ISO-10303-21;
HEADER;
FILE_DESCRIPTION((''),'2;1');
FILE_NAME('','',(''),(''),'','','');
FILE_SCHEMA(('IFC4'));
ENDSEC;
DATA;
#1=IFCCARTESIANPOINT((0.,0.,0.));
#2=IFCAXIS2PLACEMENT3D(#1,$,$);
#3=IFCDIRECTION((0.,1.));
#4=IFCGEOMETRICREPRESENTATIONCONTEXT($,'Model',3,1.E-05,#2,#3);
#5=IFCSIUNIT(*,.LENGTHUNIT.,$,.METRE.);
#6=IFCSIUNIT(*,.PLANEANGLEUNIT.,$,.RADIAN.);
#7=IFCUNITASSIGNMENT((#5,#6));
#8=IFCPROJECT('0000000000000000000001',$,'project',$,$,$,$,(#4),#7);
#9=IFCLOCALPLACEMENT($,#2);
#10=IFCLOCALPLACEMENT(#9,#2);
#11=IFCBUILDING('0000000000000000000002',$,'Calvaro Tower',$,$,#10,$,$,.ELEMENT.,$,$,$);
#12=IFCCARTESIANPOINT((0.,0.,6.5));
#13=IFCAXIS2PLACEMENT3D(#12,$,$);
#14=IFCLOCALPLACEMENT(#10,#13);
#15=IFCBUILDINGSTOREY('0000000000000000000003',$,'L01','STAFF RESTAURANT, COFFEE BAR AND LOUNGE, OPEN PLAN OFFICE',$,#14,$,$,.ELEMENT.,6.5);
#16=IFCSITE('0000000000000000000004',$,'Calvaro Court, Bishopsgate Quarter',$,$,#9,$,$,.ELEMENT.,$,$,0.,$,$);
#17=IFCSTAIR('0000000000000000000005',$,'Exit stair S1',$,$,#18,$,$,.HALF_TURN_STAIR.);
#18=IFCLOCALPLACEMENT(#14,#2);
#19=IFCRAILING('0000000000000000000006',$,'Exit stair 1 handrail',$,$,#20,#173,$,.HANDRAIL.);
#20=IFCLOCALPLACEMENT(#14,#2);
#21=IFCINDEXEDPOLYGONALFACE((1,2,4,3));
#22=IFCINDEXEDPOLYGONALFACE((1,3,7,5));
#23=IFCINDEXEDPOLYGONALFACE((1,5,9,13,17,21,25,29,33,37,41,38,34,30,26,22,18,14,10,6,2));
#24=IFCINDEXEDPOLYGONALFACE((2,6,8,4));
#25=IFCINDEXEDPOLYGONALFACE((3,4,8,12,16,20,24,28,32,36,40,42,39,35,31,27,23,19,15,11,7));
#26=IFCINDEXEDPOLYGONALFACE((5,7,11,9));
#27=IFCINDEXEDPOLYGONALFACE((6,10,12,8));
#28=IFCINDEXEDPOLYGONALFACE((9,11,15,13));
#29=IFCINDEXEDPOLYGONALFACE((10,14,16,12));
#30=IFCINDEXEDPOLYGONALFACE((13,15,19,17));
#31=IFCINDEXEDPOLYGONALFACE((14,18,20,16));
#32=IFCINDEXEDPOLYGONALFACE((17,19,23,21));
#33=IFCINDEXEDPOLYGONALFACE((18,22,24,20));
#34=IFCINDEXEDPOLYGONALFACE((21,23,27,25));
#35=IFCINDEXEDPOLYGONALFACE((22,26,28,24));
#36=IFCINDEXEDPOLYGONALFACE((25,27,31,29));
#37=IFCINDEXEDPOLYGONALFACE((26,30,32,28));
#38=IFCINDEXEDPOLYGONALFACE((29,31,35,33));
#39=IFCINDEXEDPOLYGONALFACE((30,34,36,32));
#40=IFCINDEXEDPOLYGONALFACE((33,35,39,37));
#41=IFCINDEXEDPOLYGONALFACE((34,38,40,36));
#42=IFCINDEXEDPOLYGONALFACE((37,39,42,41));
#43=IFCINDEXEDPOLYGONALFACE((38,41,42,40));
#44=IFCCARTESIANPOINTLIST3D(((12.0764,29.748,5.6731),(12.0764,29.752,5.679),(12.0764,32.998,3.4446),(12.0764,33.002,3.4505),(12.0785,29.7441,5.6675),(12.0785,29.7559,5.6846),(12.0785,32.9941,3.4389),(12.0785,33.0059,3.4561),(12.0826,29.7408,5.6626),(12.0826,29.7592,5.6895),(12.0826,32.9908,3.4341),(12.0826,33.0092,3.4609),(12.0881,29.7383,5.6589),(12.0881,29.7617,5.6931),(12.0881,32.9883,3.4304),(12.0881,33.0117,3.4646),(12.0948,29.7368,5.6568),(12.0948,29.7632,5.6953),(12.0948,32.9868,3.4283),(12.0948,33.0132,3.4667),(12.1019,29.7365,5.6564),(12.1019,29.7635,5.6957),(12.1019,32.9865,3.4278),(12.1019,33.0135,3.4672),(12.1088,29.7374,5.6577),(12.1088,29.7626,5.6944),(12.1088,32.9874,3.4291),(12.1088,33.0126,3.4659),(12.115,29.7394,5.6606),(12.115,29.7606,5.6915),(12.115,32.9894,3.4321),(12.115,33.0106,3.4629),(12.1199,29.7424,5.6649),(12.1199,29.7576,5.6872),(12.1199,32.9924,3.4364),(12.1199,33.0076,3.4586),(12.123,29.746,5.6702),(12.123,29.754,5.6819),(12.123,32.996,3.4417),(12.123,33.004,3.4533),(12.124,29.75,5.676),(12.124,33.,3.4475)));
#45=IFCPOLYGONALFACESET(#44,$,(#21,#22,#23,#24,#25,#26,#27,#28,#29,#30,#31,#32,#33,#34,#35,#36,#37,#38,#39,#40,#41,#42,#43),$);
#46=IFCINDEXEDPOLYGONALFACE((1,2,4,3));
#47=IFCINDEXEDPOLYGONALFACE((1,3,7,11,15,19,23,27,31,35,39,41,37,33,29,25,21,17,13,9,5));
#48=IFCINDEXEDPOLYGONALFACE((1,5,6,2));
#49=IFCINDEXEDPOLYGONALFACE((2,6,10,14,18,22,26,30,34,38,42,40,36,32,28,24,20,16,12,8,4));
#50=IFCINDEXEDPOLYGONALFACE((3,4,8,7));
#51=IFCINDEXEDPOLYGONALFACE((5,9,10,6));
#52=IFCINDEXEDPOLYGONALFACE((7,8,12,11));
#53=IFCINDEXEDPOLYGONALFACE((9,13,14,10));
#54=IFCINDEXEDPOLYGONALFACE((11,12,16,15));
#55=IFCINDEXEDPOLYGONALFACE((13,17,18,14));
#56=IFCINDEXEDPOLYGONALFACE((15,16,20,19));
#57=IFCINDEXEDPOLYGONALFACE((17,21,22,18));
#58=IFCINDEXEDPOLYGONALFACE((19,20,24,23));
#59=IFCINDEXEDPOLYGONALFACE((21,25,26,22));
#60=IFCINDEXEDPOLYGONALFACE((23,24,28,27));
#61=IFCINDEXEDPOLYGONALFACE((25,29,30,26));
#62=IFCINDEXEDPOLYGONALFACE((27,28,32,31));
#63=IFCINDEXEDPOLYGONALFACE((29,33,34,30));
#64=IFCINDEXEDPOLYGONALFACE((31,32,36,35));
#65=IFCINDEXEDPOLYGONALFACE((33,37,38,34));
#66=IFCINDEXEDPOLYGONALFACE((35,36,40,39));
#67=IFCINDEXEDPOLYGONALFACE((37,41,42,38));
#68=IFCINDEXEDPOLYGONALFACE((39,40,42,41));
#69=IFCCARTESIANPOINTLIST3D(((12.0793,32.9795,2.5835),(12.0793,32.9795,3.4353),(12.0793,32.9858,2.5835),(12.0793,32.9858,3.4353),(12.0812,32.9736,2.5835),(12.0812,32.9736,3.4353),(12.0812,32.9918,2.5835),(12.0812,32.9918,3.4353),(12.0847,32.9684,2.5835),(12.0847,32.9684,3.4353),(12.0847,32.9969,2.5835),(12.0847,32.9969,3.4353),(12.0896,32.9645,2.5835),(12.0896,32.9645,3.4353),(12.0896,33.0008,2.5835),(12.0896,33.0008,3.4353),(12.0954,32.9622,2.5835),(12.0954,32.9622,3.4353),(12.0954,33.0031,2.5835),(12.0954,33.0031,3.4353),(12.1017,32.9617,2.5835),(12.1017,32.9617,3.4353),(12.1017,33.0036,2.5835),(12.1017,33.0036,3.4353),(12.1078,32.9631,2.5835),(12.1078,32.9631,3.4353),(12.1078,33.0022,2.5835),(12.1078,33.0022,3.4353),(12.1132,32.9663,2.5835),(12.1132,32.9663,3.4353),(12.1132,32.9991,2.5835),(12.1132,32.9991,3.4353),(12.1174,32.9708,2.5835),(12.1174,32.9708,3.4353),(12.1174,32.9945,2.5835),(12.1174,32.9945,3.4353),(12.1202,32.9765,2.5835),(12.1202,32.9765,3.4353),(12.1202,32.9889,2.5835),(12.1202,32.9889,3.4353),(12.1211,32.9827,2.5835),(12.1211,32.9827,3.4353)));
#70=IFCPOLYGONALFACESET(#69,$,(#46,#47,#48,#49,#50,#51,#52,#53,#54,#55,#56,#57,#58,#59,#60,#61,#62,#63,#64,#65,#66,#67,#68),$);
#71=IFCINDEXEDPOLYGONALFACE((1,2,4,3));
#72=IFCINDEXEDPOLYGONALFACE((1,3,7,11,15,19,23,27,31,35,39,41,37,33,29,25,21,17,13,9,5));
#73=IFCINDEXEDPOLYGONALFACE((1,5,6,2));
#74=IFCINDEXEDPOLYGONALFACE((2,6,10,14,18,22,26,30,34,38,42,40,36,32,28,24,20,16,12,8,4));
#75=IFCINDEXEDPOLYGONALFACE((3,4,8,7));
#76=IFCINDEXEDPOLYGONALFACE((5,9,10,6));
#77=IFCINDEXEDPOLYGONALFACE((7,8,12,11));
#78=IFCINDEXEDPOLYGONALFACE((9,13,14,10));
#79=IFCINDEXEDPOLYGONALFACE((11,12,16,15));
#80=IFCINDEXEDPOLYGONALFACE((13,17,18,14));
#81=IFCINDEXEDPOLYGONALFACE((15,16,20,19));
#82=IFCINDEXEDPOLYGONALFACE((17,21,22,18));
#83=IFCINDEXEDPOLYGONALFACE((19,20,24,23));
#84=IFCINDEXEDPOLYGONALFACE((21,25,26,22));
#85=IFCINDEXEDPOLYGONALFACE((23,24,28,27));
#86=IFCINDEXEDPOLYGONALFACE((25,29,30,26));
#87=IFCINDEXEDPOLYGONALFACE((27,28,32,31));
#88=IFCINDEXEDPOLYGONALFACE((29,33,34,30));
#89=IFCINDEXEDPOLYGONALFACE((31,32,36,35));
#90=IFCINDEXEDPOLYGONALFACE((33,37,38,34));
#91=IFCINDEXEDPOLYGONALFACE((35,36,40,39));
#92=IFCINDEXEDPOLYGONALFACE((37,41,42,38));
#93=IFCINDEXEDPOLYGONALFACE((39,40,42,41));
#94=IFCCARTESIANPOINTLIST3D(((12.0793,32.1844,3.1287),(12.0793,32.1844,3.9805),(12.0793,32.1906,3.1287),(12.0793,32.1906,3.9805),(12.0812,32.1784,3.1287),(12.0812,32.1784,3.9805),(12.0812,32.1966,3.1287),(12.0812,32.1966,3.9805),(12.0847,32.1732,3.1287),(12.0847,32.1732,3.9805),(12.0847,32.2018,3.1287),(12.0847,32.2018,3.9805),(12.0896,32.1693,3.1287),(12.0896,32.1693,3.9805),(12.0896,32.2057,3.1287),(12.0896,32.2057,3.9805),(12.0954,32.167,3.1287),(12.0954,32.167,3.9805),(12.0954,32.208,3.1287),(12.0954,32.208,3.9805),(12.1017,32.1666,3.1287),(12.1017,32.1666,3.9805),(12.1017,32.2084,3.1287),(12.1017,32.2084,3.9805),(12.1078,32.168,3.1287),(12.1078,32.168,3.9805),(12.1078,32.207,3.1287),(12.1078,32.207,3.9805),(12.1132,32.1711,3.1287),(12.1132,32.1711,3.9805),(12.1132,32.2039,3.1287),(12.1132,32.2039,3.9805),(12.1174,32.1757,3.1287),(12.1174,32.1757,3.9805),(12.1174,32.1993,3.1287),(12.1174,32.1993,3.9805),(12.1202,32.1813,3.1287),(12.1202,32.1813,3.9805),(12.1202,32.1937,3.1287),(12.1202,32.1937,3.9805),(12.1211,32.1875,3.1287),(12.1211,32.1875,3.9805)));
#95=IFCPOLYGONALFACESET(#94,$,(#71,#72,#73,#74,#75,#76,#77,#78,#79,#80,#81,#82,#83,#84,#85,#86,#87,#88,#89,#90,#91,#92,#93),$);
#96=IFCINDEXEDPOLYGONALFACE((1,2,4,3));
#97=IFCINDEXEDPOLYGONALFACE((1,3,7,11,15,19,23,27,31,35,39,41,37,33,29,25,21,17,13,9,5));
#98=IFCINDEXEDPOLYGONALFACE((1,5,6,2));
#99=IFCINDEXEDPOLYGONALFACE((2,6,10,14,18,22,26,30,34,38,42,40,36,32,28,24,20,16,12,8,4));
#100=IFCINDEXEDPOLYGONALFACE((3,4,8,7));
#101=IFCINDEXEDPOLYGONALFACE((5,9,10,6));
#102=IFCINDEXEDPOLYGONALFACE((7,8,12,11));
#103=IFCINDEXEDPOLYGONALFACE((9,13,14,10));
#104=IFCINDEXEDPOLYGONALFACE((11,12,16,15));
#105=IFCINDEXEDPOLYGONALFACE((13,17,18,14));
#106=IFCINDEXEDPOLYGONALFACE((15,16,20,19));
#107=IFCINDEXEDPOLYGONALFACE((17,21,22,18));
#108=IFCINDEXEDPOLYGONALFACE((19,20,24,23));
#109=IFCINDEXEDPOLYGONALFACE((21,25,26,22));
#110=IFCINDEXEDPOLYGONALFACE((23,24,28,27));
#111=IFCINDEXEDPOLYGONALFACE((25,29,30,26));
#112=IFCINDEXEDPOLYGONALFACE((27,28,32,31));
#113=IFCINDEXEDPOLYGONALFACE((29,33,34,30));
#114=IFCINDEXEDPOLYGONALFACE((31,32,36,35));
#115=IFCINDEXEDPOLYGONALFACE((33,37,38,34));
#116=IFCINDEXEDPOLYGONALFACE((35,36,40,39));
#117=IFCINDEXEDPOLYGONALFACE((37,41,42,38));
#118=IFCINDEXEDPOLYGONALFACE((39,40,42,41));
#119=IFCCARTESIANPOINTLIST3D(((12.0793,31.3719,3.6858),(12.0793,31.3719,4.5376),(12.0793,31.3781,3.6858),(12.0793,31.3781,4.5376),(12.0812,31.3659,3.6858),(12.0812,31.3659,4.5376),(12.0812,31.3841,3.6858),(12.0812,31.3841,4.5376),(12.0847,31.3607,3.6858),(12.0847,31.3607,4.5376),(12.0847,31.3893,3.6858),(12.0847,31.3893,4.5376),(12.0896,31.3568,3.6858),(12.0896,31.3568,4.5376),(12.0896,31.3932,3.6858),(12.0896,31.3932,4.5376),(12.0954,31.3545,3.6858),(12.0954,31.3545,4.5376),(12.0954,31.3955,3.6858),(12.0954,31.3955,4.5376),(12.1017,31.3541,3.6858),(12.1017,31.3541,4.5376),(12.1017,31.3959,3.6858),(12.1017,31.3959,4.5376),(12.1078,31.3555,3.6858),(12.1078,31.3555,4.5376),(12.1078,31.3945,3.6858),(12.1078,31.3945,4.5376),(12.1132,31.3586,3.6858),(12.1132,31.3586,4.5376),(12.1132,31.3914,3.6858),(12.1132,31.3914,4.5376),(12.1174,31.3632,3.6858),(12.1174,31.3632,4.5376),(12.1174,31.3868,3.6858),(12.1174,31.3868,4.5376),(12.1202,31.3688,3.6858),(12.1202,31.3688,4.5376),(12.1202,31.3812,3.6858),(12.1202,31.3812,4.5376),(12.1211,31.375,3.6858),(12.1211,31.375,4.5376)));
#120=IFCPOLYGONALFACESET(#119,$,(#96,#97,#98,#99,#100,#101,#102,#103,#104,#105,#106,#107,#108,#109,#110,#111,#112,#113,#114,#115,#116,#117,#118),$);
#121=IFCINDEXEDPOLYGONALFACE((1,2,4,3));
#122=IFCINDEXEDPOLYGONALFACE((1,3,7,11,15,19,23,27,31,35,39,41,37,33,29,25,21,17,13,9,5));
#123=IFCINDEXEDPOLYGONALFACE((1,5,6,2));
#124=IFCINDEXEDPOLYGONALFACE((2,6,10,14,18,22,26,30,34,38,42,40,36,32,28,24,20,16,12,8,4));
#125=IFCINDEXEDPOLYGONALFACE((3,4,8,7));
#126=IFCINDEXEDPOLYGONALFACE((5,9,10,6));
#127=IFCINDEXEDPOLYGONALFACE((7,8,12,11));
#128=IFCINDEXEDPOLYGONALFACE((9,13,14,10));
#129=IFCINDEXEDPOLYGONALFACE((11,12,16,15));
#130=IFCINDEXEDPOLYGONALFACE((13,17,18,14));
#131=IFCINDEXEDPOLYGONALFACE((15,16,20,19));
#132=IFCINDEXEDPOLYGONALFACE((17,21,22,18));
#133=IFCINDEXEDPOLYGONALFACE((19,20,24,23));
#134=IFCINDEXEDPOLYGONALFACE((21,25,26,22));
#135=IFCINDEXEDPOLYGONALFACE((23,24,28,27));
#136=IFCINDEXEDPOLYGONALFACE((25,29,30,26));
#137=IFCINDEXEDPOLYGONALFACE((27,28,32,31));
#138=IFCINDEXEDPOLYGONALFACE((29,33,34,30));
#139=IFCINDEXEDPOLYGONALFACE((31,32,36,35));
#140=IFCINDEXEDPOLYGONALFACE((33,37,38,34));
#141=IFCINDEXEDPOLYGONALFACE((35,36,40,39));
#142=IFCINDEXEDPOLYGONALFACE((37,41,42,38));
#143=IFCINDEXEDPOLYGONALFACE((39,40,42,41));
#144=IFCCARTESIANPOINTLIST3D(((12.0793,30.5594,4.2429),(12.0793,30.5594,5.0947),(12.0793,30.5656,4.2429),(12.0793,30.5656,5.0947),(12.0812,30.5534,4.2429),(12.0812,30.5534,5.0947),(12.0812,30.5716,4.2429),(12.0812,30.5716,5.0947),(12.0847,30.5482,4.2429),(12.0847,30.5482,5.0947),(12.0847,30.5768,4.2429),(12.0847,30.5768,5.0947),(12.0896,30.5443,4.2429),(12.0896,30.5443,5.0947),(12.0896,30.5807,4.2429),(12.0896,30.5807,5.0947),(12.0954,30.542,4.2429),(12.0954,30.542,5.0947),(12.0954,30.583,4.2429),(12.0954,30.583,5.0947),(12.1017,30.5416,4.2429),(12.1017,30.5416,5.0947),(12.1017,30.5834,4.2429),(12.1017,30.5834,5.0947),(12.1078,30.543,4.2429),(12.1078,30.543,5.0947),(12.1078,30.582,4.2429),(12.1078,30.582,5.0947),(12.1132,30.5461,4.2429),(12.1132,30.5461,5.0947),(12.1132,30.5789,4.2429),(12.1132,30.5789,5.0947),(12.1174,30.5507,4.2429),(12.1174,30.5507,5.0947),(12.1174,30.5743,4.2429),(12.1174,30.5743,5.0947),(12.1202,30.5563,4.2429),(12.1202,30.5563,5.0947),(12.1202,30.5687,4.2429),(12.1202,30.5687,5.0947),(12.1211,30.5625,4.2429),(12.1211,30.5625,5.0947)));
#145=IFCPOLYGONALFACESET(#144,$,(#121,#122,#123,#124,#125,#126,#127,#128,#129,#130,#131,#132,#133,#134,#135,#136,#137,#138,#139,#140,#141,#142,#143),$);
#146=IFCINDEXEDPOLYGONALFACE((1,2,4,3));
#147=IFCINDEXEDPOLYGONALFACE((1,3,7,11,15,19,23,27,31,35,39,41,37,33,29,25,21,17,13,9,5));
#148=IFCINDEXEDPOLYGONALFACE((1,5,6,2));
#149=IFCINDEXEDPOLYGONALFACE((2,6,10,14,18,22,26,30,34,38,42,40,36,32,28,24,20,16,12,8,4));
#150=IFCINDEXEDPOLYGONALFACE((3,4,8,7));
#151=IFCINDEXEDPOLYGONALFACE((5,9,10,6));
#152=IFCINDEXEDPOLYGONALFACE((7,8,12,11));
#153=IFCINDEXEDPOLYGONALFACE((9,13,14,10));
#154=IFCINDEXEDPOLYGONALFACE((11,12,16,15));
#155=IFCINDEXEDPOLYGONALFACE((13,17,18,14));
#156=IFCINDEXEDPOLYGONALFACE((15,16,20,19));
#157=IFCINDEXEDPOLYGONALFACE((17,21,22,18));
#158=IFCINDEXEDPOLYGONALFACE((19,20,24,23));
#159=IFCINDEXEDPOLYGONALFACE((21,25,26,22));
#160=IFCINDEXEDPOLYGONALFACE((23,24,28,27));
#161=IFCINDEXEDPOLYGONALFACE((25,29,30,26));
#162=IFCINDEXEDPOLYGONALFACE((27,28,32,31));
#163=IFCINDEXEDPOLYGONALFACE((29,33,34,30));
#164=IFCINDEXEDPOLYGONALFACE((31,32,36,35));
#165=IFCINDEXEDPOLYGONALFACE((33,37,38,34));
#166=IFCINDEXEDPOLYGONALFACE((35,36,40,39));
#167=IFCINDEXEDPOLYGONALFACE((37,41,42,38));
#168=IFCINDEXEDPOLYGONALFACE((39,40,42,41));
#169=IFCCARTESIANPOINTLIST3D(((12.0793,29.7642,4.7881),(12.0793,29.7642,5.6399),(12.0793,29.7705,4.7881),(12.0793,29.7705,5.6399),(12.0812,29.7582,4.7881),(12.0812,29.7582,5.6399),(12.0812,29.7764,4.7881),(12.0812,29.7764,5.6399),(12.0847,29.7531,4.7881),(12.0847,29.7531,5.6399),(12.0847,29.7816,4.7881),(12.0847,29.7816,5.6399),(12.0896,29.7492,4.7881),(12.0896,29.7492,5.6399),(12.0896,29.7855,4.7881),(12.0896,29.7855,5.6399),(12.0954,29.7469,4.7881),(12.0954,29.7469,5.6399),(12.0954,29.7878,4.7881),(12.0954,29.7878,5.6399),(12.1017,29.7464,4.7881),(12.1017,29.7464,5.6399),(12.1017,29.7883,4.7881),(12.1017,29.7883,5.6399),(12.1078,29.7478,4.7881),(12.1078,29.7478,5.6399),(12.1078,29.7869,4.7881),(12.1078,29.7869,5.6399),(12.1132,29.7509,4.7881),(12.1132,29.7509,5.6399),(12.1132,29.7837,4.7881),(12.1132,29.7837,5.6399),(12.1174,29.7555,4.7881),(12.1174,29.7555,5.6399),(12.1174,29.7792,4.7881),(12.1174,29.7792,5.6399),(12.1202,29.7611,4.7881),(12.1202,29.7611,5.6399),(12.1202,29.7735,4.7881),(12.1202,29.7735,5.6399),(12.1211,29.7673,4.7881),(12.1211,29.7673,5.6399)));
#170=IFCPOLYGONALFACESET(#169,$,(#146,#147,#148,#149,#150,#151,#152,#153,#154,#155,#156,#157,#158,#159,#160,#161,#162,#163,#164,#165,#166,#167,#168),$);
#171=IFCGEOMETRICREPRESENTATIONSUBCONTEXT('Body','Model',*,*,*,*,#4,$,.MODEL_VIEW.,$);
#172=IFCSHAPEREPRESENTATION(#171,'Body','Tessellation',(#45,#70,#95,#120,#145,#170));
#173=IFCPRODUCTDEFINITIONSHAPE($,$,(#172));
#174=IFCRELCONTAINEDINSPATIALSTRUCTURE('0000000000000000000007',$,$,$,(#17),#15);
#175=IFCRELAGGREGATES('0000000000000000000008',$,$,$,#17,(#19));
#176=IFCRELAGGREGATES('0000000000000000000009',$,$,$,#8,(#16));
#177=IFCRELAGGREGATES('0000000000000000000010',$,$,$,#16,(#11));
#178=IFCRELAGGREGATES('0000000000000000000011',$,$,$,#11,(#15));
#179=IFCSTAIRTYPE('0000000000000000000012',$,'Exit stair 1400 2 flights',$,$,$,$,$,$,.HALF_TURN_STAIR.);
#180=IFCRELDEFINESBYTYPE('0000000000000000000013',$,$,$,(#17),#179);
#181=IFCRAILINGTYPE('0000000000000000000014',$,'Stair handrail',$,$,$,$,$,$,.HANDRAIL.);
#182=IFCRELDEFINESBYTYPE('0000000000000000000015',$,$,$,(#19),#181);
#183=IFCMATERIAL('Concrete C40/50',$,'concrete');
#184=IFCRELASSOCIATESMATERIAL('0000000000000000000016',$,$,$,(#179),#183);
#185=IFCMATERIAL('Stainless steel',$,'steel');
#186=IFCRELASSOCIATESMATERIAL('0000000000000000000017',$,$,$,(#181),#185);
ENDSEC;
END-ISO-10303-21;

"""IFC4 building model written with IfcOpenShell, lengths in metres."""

from ifc_helpers import new_model, si_unit, direction, frame, origin, origin_2d, place, context, subcontext, project, spatial, circle, extrude, material, type_object, element, aggregate, save


model = new_model("IFC4")

# Units and contexts
model_context = context("Model", 3, precision=1e-05, world=origin(), true_north=direction((0.0, 1.0)))
body_context = subcontext(model_context, "Body", "Model", "MODEL_VIEW")
ifc_project = project(units=[si_unit("LENGTHUNIT", "METRE"), si_unit("PLANEANGLEUNIT", "RADIAN")], contexts=[model_context])

# Site, building, storey
site_placement = place(None, origin())
site = spatial("IfcSite", under=ifc_project, at=site_placement, Name="Calvaro Court, Bishopsgate Quarter", CompositionType="ELEMENT", RefElevation=0.0)
building_placement = place(site_placement, origin())
building = spatial("IfcBuilding", under=site, at=building_placement, Name="Calvaro Tower", CompositionType="ELEMENT")
storey_placement = place(building_placement, frame((0.0, 0.0, 6.5)))
storey = spatial("IfcBuildingStorey", under=building, at=storey_placement, Name="L01", Description="STAFF RESTAURANT, COFFEE BAR AND LOUNGE, OPEN PLAN OFFICE", CompositionType="ELEMENT", Elevation=6.5)

# Stair, railing
ifc_material_1 = material(Name="Concrete C40/50", Category="concrete")
stair_type = type_object("IfcStairType", Name="Exit stair 1400 2 flights", PredefinedType="HALF_TURN_STAIR", material=ifc_material_1)
stair_placement = place(storey_placement, origin())
stair = element("IfcStair", 1, at=stair_placement, inside=storey, type_object=stair_type, Name="Exit stair S1", PredefinedType="HALF_TURN_STAIR")
ifc_material_2 = material(Name="Stainless steel", Category="steel")
railing_type = type_object("IfcRailingType", Name="Stair handrail", PredefinedType="HANDRAIL", material=ifc_material_2)
railing_1_placement = place(storey_placement, frame((12.1001, 33.0, 2.5715)))
railing_1 = element("IfcRailing", 2, at=railing_1_placement, type_object=railing_type, Name="Exit stair 1 handrail", PredefinedType="HANDRAIL", context=body_context, shape_type="SweptSolid", body=[
    extrude(circle(Radius=0.0239, at=origin_2d()), frame((0.0, 0.0, 0.876), z_axis=(0.0, -0.824735, 0.565519), x_axis=(1.0, 0.0, 0.0)), (0.0, 0.0, 1.0), 3.9407),
    extrude(circle(Radius=0.021, at=origin_2d()), frame((0.0, -0.0173, 0.012)), (0.0, 0.0, 1.0), 0.8518),
    extrude(circle(Radius=0.021, at=origin_2d()), frame((0.0, -0.8125, 0.5571)), (0.0, 0.0, 1.0), 0.8518),
    extrude(circle(Radius=0.021, at=origin_2d()), frame((0.0, -1.625, 1.1143)), (0.0, 0.0, 1.0), 0.8518),
    extrude(circle(Radius=0.021, at=origin_2d()), frame((0.0, -2.4375, 1.6714)), (0.0, 0.0, 1.0), 0.8518),
    extrude(circle(Radius=0.021, at=origin_2d()), frame((0.0, -3.2327, 2.2166)), (0.0, 0.0, 1.0), 0.8518),
])
aggregate(stair, [railing_1])

save(model, "model.ifc")
